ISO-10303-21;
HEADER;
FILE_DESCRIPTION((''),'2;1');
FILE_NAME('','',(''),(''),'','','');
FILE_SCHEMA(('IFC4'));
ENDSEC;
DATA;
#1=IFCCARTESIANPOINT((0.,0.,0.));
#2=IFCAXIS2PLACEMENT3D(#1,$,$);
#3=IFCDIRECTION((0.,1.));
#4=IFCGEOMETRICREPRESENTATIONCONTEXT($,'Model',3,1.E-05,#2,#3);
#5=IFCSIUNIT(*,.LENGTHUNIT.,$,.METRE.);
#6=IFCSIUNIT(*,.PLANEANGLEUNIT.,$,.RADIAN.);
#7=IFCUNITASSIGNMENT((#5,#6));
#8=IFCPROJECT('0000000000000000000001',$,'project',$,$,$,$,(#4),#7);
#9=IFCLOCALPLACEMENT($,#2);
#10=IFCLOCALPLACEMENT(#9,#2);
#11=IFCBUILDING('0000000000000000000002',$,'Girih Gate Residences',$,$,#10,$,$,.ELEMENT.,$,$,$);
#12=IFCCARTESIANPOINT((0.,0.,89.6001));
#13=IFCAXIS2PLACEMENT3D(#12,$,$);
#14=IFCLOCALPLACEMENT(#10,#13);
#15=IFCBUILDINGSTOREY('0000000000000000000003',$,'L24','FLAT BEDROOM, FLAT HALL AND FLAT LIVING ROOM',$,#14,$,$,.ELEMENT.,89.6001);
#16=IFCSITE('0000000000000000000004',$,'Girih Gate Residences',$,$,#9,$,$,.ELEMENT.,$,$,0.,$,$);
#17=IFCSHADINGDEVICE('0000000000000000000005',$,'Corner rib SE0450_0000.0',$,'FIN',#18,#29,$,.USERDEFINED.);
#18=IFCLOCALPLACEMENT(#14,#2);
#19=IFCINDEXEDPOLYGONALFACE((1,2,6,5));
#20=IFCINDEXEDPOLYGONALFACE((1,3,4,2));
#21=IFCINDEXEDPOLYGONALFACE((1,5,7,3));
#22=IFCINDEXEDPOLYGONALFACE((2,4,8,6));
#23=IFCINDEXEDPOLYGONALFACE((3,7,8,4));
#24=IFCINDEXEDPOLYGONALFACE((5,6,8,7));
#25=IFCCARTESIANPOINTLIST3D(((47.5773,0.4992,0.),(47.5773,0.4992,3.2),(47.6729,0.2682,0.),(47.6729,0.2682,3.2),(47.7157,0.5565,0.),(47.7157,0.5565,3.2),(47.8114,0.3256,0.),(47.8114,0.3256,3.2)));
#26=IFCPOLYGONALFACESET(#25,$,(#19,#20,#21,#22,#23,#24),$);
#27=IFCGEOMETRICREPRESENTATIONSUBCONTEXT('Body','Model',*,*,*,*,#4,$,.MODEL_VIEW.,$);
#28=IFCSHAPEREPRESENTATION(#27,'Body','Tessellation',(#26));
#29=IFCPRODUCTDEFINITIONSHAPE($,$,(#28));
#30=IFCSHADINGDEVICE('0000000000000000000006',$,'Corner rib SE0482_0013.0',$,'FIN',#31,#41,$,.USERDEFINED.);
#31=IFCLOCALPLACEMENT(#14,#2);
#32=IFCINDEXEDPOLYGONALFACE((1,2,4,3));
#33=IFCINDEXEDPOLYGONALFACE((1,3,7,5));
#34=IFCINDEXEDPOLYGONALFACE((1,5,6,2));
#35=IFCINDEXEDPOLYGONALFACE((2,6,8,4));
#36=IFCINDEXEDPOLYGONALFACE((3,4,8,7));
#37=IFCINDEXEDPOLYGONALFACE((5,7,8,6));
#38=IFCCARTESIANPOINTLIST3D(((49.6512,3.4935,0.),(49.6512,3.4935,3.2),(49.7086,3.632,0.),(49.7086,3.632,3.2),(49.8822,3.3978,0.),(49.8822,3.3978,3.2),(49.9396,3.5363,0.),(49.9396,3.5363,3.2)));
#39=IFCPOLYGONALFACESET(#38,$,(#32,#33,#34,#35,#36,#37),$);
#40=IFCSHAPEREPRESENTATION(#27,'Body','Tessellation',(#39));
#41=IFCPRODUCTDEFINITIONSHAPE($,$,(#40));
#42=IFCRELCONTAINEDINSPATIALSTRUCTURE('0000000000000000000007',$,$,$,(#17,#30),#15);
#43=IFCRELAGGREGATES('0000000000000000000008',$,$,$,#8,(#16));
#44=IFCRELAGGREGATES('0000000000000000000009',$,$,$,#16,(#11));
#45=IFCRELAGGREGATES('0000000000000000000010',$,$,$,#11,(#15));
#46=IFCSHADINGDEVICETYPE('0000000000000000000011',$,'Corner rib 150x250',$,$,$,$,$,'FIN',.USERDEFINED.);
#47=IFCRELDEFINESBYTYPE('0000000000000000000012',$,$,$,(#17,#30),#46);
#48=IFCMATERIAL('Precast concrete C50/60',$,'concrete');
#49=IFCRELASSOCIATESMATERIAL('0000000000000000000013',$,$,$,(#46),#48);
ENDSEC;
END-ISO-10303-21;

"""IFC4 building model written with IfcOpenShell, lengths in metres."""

from ifc_helpers import new_model, si_unit, direction, frame, origin, origin_2d, place, context, subcontext, project, spatial, rectangle, extrude, material, type_object, element, save


model = new_model("IFC4")

# Units and contexts
model_context = context("Model", 3, precision=1e-05, world=origin(), true_north=direction((0.0, 1.0)))
body_context = subcontext(model_context, "Body", "Model", "MODEL_VIEW")
ifc_project = project(units=[si_unit("LENGTHUNIT", "METRE"), si_unit("PLANEANGLEUNIT", "RADIAN")], contexts=[model_context])

# Site, building, storey
site_placement = place(None, origin())
site = spatial("IfcSite", under=ifc_project, at=site_placement, Name="Girih Gate Residences", CompositionType="ELEMENT", RefElevation=0.0)
building_placement = place(site_placement, origin())
building = spatial("IfcBuilding", under=site, at=building_placement, Name="Girih Gate Residences", CompositionType="ELEMENT")
storey_placement = place(building_placement, frame((0.0, 0.0, 89.6001)))
storey = spatial("IfcBuildingStorey", under=building, at=storey_placement, Name="L24", Description="FLAT BEDROOM, FLAT HALL AND FLAT LIVING ROOM", CompositionType="ELEMENT", Elevation=89.6001)

# Shared definitions
ifc_material_1 = material(Name="Precast concrete C50/60", Category="concrete")

# Shading devices
shading_device_type = type_object("IfcShadingDeviceType", Name="Corner rib 150x250", ElementType="FIN", PredefinedType="USERDEFINED", material=ifc_material_1)
for number, where, z_axis, x_axis, name in (
    (1, (47.6943, 0.4124, 0.0), (0.0, 0.0, 1.0), (0.92388, 0.382683, 0.0), "Corner rib SE0450_0000.0"),
    (2, (49.7954, 3.5149, 0.0), (0.0, 0.0, 1.0), (0.382683, 0.92388, 0.0), "Corner rib SE0482_0013.0"),
):
    element("IfcShadingDevice", number, at=place(storey_placement, frame(where, z_axis=z_axis, x_axis=x_axis)), inside=storey, type_object=shading_device_type, Name=name, ObjectType="FIN", PredefinedType="USERDEFINED", context=body_context, shape_type="SweptSolid", body=[
        extrude(rectangle(XDim=0.1499, YDim=0.25, at=origin_2d()), origin(), (0.0, 0.0, 1.0), 3.2),
    ])

save(model, "model.ifc")
